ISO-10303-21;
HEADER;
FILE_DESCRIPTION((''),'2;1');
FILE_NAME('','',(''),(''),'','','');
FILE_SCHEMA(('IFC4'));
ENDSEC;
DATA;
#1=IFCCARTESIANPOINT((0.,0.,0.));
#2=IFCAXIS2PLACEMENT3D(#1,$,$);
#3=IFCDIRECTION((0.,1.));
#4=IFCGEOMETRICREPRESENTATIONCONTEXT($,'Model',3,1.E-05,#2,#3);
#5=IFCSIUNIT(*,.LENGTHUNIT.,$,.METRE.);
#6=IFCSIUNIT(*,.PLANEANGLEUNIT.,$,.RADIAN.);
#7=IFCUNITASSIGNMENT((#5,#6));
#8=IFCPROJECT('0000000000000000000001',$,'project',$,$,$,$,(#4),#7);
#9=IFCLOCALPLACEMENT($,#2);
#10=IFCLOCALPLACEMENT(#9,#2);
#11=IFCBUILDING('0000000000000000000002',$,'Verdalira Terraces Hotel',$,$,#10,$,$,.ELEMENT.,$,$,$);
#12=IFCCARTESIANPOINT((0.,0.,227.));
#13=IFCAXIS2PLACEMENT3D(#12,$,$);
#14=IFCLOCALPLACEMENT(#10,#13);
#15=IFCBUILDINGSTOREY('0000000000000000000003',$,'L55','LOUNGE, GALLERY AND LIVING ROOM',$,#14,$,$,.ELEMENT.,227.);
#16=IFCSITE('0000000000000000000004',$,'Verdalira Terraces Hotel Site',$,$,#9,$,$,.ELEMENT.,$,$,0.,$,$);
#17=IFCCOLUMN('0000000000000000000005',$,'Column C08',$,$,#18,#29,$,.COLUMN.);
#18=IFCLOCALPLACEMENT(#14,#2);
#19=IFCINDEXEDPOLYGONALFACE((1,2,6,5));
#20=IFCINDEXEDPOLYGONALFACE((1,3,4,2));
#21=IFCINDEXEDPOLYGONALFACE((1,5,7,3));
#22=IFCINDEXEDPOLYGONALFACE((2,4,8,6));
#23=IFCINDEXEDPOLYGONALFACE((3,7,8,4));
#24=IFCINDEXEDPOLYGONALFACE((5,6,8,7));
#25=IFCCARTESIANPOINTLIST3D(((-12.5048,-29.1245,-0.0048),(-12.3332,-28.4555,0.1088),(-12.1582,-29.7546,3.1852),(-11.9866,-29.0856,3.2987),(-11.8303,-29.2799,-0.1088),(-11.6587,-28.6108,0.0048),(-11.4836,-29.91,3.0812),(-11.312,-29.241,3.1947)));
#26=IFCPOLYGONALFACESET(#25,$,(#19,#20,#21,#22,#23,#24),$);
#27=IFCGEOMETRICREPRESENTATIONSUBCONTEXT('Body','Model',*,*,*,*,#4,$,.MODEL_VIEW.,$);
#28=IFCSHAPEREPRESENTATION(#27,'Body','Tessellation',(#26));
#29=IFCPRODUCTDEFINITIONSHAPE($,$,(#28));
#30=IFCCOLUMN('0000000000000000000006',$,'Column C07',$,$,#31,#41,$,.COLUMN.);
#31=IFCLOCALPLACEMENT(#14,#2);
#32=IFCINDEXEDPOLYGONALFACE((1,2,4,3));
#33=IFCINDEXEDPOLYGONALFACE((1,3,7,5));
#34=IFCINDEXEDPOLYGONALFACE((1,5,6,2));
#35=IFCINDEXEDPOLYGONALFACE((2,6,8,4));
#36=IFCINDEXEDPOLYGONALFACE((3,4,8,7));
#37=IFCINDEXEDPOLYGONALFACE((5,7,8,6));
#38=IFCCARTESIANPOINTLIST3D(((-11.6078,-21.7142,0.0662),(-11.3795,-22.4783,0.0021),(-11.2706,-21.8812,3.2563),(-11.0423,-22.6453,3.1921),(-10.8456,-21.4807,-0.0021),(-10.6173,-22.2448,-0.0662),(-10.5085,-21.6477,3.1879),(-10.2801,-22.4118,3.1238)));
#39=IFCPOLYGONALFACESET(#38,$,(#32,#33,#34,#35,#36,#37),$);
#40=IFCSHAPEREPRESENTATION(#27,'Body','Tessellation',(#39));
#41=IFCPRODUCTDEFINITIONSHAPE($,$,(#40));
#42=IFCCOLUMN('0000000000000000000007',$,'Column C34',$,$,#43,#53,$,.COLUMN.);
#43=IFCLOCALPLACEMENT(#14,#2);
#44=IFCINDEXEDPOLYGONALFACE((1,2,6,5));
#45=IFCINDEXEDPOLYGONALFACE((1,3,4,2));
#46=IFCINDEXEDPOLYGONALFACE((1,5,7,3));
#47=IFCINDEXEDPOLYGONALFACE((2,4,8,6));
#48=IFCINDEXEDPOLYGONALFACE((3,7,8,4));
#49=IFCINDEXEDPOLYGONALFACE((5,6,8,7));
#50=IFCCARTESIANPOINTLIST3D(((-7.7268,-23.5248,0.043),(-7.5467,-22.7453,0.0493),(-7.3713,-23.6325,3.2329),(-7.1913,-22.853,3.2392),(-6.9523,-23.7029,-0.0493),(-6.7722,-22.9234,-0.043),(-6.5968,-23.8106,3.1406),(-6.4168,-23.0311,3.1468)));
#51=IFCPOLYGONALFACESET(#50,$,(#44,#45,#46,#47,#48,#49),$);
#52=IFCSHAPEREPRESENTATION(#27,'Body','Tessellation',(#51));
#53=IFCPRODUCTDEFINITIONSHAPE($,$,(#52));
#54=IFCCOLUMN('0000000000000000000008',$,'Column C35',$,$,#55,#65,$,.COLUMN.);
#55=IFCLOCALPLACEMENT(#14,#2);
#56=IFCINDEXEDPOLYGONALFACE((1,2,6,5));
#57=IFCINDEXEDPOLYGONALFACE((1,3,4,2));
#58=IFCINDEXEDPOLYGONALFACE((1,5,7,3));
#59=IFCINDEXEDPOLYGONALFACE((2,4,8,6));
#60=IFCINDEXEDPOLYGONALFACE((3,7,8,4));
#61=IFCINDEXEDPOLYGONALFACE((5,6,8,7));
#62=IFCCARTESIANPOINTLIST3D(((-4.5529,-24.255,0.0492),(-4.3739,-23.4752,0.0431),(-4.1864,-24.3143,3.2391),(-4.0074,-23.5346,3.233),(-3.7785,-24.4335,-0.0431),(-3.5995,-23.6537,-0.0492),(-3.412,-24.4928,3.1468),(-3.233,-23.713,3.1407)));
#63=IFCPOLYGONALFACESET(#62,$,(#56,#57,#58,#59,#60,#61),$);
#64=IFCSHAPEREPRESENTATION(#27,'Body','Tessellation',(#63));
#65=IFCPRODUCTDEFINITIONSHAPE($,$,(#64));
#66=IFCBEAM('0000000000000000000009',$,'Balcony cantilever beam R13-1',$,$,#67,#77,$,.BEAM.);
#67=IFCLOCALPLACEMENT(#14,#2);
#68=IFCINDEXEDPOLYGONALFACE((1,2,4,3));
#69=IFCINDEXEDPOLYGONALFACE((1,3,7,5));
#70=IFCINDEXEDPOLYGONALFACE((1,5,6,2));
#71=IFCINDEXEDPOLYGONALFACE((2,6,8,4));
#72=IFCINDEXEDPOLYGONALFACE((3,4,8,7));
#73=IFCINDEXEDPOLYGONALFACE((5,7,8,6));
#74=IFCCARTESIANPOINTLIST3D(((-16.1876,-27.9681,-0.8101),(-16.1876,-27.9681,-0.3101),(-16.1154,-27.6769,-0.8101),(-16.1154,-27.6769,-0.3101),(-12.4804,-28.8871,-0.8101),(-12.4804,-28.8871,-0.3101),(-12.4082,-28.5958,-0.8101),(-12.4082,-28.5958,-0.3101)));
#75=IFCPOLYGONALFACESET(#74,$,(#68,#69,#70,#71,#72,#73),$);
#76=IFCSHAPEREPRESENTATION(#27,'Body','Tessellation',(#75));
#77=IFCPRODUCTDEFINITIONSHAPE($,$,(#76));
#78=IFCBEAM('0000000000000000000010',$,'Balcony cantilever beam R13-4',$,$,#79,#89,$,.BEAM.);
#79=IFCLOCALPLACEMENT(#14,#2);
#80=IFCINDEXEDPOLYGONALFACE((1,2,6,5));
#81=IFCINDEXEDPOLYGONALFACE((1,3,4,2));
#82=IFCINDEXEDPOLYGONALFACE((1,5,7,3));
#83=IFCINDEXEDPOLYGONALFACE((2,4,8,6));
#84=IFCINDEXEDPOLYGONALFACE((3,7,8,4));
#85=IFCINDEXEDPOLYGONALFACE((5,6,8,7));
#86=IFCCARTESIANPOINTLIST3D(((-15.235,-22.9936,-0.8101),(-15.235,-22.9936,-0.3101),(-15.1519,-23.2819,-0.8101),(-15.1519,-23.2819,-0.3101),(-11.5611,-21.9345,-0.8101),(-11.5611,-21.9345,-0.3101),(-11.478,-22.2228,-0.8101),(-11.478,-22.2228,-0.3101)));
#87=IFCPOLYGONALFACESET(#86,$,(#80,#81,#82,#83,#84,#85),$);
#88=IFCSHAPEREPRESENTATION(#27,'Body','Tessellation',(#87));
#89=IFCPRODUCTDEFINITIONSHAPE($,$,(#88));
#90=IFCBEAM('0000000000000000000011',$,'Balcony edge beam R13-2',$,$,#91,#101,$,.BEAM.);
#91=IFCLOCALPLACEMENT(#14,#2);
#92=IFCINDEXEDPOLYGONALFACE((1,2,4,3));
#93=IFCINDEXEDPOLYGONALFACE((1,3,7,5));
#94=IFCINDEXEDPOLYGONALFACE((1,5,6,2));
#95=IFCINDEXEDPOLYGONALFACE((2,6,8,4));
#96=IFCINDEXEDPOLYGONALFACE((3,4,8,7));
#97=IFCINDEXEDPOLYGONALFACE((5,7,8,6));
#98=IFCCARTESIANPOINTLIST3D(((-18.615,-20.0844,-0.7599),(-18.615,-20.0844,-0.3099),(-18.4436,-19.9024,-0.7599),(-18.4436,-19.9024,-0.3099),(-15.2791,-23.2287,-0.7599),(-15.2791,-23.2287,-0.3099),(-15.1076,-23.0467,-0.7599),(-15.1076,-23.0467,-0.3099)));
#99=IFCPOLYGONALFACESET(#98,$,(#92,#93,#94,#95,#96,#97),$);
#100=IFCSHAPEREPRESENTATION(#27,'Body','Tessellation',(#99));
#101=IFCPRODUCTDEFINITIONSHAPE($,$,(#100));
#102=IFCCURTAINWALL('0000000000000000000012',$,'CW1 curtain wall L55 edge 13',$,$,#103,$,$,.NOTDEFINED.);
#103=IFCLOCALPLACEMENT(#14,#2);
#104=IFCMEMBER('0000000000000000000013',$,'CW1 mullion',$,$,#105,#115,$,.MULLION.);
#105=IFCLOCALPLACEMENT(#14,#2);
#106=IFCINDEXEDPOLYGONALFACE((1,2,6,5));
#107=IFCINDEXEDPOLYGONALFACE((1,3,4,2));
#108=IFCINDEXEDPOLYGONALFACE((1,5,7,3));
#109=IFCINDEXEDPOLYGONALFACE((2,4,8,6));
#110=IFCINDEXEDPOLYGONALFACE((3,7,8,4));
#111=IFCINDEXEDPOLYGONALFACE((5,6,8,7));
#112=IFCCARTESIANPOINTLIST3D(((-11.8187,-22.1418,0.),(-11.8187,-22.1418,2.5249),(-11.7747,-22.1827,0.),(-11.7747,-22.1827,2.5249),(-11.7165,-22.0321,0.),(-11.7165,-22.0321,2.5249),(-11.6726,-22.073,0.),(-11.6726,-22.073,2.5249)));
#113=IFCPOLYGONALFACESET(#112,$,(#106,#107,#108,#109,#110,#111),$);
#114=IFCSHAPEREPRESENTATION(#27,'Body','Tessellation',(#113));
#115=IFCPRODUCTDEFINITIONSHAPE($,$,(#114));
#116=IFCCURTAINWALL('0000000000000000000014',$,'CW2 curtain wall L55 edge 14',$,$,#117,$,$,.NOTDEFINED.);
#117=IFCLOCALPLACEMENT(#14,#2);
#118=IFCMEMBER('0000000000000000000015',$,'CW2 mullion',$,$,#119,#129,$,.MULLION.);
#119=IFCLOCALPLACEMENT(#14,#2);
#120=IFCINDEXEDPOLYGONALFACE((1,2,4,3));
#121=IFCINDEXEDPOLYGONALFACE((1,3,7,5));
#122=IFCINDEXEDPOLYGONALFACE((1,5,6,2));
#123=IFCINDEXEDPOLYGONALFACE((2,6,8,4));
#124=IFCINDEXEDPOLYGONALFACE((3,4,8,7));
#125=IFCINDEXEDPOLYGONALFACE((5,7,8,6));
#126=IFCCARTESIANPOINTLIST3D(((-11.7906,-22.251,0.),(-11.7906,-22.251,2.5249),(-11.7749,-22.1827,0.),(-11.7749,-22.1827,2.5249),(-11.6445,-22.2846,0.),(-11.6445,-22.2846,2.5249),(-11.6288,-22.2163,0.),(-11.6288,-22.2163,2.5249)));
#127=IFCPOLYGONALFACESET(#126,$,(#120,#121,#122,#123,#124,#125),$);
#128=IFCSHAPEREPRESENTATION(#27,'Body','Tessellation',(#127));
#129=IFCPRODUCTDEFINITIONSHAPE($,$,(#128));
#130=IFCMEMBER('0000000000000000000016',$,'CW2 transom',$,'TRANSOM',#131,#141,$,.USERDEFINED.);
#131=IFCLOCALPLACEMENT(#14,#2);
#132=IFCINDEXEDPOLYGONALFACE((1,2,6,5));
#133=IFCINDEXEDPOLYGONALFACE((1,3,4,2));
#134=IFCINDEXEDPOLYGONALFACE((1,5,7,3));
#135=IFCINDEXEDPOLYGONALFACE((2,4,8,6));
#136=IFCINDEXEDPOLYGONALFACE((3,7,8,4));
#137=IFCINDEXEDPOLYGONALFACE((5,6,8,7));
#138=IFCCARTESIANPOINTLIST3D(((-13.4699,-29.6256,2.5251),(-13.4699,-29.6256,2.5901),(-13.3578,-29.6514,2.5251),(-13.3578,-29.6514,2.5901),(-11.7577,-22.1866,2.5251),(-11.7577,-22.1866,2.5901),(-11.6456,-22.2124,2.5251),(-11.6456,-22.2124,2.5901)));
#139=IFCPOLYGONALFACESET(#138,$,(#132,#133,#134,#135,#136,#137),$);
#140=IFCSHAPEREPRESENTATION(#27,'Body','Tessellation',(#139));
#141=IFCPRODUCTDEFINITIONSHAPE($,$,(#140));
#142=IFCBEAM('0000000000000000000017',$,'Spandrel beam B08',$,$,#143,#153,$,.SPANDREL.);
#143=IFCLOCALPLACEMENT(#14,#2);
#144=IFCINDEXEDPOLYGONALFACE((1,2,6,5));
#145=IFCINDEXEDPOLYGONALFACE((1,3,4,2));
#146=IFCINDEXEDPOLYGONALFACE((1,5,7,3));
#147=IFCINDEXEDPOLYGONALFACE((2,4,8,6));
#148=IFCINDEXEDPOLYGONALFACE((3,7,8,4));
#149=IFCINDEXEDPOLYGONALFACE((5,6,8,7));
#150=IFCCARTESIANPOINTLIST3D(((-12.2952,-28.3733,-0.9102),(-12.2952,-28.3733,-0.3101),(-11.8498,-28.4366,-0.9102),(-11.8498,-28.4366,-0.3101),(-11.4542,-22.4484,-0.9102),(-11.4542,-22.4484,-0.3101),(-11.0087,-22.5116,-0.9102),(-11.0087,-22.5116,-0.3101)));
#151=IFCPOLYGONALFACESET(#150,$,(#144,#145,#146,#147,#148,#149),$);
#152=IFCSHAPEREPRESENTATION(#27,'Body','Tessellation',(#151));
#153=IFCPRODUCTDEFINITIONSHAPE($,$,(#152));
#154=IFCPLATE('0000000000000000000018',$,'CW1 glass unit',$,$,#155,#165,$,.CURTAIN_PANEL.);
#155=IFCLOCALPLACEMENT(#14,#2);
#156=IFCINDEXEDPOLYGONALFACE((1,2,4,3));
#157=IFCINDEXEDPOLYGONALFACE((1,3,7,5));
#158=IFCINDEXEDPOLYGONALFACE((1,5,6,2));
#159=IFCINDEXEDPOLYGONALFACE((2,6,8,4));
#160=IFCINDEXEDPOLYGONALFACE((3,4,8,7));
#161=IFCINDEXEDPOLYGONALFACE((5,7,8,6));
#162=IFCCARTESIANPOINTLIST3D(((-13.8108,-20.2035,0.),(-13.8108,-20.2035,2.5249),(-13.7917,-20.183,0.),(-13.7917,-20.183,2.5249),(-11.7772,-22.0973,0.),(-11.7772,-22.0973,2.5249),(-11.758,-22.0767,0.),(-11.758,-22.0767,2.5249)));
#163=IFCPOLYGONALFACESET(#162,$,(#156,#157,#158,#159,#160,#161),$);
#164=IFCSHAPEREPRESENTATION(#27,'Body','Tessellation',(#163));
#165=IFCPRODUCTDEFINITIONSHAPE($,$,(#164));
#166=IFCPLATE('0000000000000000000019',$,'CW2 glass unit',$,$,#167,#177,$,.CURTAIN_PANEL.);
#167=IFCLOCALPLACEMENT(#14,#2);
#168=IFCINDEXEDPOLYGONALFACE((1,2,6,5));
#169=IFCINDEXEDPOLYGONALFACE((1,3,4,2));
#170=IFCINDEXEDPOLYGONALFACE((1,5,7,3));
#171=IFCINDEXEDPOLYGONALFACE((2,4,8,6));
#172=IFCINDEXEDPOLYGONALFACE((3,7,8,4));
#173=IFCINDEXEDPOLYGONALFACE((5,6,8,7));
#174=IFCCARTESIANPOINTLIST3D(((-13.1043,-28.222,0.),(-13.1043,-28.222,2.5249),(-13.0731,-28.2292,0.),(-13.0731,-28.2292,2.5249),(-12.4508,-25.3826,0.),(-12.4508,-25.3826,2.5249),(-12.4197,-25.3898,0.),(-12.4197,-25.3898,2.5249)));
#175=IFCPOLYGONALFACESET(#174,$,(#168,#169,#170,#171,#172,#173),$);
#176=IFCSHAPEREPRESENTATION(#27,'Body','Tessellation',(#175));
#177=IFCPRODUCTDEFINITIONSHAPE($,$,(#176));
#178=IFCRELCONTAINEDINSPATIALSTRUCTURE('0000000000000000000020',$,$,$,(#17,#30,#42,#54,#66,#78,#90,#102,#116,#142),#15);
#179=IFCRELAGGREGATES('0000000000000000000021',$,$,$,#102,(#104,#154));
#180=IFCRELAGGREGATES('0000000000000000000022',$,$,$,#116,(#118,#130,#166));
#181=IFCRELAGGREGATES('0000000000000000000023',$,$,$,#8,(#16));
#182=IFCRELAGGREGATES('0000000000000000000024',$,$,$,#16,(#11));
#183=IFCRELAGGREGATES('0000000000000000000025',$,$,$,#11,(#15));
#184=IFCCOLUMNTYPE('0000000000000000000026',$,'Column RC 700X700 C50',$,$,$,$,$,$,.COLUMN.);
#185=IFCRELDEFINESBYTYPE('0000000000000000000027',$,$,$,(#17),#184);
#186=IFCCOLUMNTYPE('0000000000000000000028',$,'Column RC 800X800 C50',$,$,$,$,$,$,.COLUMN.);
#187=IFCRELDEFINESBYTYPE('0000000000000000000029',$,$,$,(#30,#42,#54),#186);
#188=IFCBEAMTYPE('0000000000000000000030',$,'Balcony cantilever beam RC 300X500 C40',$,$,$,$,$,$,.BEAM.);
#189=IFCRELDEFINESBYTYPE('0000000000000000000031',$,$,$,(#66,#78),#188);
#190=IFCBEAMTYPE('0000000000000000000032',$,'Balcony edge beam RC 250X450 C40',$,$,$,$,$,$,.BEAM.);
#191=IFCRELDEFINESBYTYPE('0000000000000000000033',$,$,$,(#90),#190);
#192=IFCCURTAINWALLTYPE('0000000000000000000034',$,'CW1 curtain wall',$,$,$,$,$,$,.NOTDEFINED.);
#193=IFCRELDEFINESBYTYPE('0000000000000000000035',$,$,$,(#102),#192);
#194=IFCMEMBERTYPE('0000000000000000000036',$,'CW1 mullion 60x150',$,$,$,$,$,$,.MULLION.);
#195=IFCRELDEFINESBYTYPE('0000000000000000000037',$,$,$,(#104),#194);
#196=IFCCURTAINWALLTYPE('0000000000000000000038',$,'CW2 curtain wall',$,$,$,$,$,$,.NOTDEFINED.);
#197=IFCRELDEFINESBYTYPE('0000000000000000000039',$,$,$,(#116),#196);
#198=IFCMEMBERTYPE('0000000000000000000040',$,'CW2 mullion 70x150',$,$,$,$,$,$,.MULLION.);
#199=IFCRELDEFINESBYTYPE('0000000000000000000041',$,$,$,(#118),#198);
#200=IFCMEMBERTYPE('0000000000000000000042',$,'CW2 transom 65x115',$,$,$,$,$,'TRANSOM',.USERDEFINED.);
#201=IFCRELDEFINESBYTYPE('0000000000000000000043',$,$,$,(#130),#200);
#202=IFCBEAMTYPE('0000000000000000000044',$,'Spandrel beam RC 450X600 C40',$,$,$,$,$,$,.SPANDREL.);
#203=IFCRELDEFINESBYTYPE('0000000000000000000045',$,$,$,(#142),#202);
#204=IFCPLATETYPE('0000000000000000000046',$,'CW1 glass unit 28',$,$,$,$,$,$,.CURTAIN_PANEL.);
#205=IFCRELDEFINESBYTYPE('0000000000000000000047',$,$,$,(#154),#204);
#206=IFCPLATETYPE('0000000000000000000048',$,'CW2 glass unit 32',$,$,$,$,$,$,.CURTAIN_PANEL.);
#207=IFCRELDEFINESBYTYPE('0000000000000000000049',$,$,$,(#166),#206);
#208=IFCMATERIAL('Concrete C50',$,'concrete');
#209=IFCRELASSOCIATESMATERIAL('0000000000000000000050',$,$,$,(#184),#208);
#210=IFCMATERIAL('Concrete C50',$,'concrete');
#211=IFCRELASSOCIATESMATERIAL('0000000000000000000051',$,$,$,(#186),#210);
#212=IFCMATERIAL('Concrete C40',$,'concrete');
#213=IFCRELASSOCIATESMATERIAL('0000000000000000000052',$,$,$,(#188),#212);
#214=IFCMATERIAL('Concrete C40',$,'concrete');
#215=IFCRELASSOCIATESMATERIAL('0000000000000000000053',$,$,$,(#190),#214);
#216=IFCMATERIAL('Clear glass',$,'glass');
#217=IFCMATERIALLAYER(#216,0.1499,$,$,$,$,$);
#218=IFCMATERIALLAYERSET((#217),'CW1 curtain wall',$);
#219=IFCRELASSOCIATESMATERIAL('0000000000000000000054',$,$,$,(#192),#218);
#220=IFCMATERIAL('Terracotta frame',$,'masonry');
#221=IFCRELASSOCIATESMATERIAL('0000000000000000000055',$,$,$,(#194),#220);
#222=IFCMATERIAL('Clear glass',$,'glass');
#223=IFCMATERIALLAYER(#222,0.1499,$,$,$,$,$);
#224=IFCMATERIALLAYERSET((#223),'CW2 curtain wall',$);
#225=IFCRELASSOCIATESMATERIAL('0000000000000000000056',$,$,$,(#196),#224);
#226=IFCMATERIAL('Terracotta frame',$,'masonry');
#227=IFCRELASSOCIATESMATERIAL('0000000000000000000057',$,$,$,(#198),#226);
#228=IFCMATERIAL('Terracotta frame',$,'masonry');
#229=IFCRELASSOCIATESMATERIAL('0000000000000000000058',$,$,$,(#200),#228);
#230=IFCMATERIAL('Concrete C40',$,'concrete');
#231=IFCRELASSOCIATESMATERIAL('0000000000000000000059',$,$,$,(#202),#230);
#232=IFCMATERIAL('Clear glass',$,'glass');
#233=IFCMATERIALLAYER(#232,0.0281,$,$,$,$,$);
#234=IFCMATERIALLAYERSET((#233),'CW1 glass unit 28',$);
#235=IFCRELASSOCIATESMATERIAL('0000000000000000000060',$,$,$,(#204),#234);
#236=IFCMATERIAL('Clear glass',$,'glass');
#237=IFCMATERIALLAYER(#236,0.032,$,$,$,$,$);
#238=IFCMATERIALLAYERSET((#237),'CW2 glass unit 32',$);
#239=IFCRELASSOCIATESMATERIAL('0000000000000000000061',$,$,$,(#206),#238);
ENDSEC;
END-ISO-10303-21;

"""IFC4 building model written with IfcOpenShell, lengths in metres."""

from ifc_helpers import new_model, si_unit, direction, frame, origin, origin_2d, place, context, subcontext, project, spatial, rectangle, extrude, material, layer, layer_set, material_profile, profile_set, type_object, element, aggregate, save


model = new_model("IFC4")

# Units and contexts
model_context = context("Model", 3, precision=1e-05, world=origin(), true_north=direction((0.0, 1.0)))
body_context = subcontext(model_context, "Body", "Model", "MODEL_VIEW")
ifc_project = project(units=[si_unit("LENGTHUNIT", "METRE"), si_unit("PLANEANGLEUNIT", "RADIAN")], contexts=[model_context])

# Site, building, storey
site_placement = place(None, origin())
site = spatial("IfcSite", under=ifc_project, at=site_placement, Name="Verdalira Terraces Hotel Site", CompositionType="ELEMENT", RefElevation=0.0)
building_placement = place(site_placement, origin())
building = spatial("IfcBuilding", under=site, at=building_placement, Name="Verdalira Terraces Hotel", CompositionType="ELEMENT")
storey_placement = place(building_placement, frame((0.0, 0.0, 227.0)))
storey = spatial("IfcBuildingStorey", under=building, at=storey_placement, Name="L55", Description="LOUNGE, GALLERY AND LIVING ROOM", CompositionType="ELEMENT", Elevation=227.0)

# Columns
ifc_material_1 = material(Name="Concrete C50", Category="concrete")
ifc_material_profile_1 = material_profile(ifc_material_1, rectangle(XDim=0.7, YDim=0.7, at=origin_2d()), Name="RC 700X700")
ifc_profile_set_1 = profile_set([ifc_material_profile_1], Name="Concrete C50")
column_type_1 = type_object("IfcColumnType", Name="Column RC 700X700 C50", PredefinedType="COLUMN", material=ifc_profile_set_1)
column_1_placement = place(storey_placement, frame((-12.0818, -28.8677, 0.0), z_axis=(0.106018, -0.192699, 0.975514), x_axis=(-0.245155, -0.955825, -0.162166)))
element("IfcColumn", 1, at=column_1_placement, inside=storey, type_object=column_type_1, Name="Column C08", PredefinedType="COLUMN", context=body_context, shape_type="SweptSolid", body=[
    extrude(rectangle(XDim=0.7, YDim=0.7, at=origin_2d()), origin(), (0.0, 0.0, 1.0), 3.27),
])
ifc_material_2 = material(Name="Concrete C50", Category="concrete")
ifc_material_profile_2 = material_profile(ifc_material_2, rectangle(XDim=0.8, YDim=0.8, at=origin_2d()), Name="RC 800X800")
ifc_profile_set_2 = profile_set([ifc_material_profile_2], Name="Concrete C50")
column_type_2 = type_object("IfcColumnType", Name="Column RC 800X800 C50", PredefinedType="COLUMN", material=ifc_profile_set_2)
column_2_placement = place(storey_placement, frame((-11.1125, -21.9795, 0.0), z_axis=(0.104967, -0.051989, 0.993116), x_axis=(-0.285378, 0.955057, 0.08016)))
element("IfcColumn", 2, at=column_2_placement, inside=storey, type_object=column_type_2, Name="Column C07", PredefinedType="COLUMN", context=body_context, shape_type="SweptSolid", body=[
    extrude(rectangle(XDim=0.8, YDim=0.8, at=origin_2d()), origin(), (0.0, 0.0, 1.0), 3.2122),
])
for number, where, z_axis, x_axis, name in (
    (3, (-7.2495, -23.2241, 0.0), (0.110687, -0.033525, 0.99329), (-0.225055, -0.974315, -0.007806), "Column C34"),
    (4, (-4.0762, -23.9543, 0.0), (0.114108, -0.018473, 0.993297), (-0.223729, -0.974622, 0.007576), "Column C35"),
):
    element("IfcColumn", number, at=place(storey_placement, frame(where, z_axis=z_axis, x_axis=x_axis)), inside=storey, type_object=column_type_2, Name=name, PredefinedType="COLUMN", context=body_context, shape_type="SweptSolid", body=[
        extrude(rectangle(XDim=0.8, YDim=0.8, at=origin_2d()), origin(), (0.0, 0.0, 1.0), 3.2114),
    ])

# Beams
ifc_material_3 = material(Name="Concrete C40", Category="concrete")
ifc_material_profile_3 = material_profile(ifc_material_3, rectangle(XDim=0.3, YDim=0.5, at=origin_2d()), Name="RC 300X500")
ifc_profile_set_3 = profile_set([ifc_material_profile_3], Name="Concrete C40")
beam_type_1 = type_object("IfcBeamType", Name="Balcony cantilever beam RC 300X500 C40", PredefinedType="BEAM", material=ifc_profile_set_3)
beam_1_placement = place(storey_placement, frame((-12.4443, -28.7415, -0.5601), z_axis=(-0.970622, 0.24061, 0.0), x_axis=(-0.24061, -0.970622, 0.0)))
element("IfcBeam", 5, at=beam_1_placement, inside=storey, type_object=beam_type_1, Name="Balcony cantilever beam R13-1", PredefinedType="BEAM", context=body_context, shape_type="SweptSolid", body=[
    extrude(rectangle(XDim=0.3, YDim=0.5, at=origin_2d()), origin(), (0.0, 0.0, 1.0), 3.8193),
])
beam_2_placement = place(storey_placement, frame((-11.5195, -22.0786, -0.5601), z_axis=(-0.960871, -0.276997, 0.0), x_axis=(0.276997, -0.960871, 0.0)))
element("IfcBeam", 6, at=beam_2_placement, inside=storey, type_object=beam_type_1, Name="Balcony cantilever beam R13-4", PredefinedType="BEAM", context=body_context, shape_type="SweptSolid", body=[
    extrude(rectangle(XDim=0.3, YDim=0.5, at=origin_2d()), origin(), (0.0, 0.0, 1.0), 3.8235),
])
ifc_material_4 = material(Name="Concrete C40", Category="concrete")
ifc_material_profile_4 = material_profile(ifc_material_4, rectangle(XDim=0.25, YDim=0.45, at=origin_2d()), Name="RC 250X450")
ifc_profile_set_4 = profile_set([ifc_material_profile_4], Name="Concrete C40")
beam_type_2 = type_object("IfcBeamType", Name="Balcony edge beam RC 250X450 C40", PredefinedType="BEAM", material=ifc_profile_set_4)
beam_3_placement = place(storey_placement, frame((-18.5293, -19.9934, -0.5349), z_axis=(0.727701, -0.685894, 0.0), x_axis=(0.685894, 0.727701, 0.0)))
element("IfcBeam", 7, at=beam_3_placement, inside=storey, type_object=beam_type_2, Name="Balcony edge beam R13-2", PredefinedType="BEAM", context=body_context, shape_type="SweptSolid", body=[
    extrude(rectangle(XDim=0.25, YDim=0.45, at=origin_2d()), origin(), (0.0, 0.0, 1.0), 4.5842),
])

# Curtain wall, member
ifc_material_5 = material(Name="Clear glass", Category="glass")
ifc_layer_1 = layer(ifc_material_5, 0.1499)
ifc_layer_set_1 = layer_set([ifc_layer_1], Name="CW1 curtain wall")
curtain_wall_type_1 = type_object("IfcCurtainWallType", Name="CW1 curtain wall", PredefinedType="NOTDEFINED", material=ifc_layer_set_1)
curtain_wall_1_placement = place(storey_placement, origin())
curtain_wall_1 = element("IfcCurtainWall", 8, at=curtain_wall_1_placement, inside=storey, type_object=curtain_wall_type_1, Name="CW1 curtain wall L55 edge 13", PredefinedType="NOTDEFINED")
ifc_material_6 = material(Name="Terracotta frame", Category="masonry")
ifc_material_profile_5 = material_profile(ifc_material_6, rectangle(XDim=0.0601, YDim=0.1499, at=origin_2d()), Name="MU 60x150")
ifc_profile_set_5 = profile_set([ifc_material_profile_5], Name="Terracotta frame")
member_type_1 = type_object("IfcMemberType", Name="CW1 mullion 60x150", PredefinedType="MULLION", material=ifc_profile_set_5)
member_1_placement = place(storey_placement, frame((-11.7456, -22.1074, 0.0), z_axis=(0.0, 0.0, 1.0), x_axis=(0.73183, -0.681488, 0.0)))
member_1 = element("IfcMember", 9, at=member_1_placement, type_object=member_type_1, Name="CW1 mullion", PredefinedType="MULLION", context=body_context, shape_type="SweptSolid", body=[
    extrude(rectangle(XDim=0.0601, YDim=0.1499, at=origin_2d()), origin(), (0.0, 0.0, 1.0), 2.5249),
])

# Curtain wall, members
ifc_material_7 = material(Name="Clear glass", Category="glass")
ifc_layer_2 = layer(ifc_material_7, 0.1499)
ifc_layer_set_2 = layer_set([ifc_layer_2], Name="CW2 curtain wall")
curtain_wall_type_2 = type_object("IfcCurtainWallType", Name="CW2 curtain wall", PredefinedType="NOTDEFINED", material=ifc_layer_set_2)
curtain_wall_2_placement = place(storey_placement, origin())
curtain_wall_2 = element("IfcCurtainWall", 10, at=curtain_wall_2_placement, inside=storey, type_object=curtain_wall_type_2, Name="CW2 curtain wall L55 edge 14", PredefinedType="NOTDEFINED")
ifc_material_8 = material(Name="Terracotta frame", Category="masonry")
ifc_material_profile_6 = material_profile(ifc_material_8, rectangle(XDim=0.0701, YDim=0.1499, at=origin_2d()), Name="MU 70x150")
ifc_profile_set_6 = profile_set([ifc_material_profile_6], Name="Terracotta frame")
member_type_2 = type_object("IfcMemberType", Name="CW2 mullion 70x150", PredefinedType="MULLION", material=ifc_profile_set_6)
member_2_placement = place(storey_placement, frame((-11.7097, -22.2336, 0.0), z_axis=(0.0, 0.0, 1.0), x_axis=(-0.224271, -0.974527, 0.0)))
member_2 = element("IfcMember", 11, at=member_2_placement, type_object=member_type_2, Name="CW2 mullion", PredefinedType="MULLION", context=body_context, shape_type="SweptSolid", body=[
    extrude(rectangle(XDim=0.0701, YDim=0.1499, at=origin_2d()), origin(), (0.0, 0.0, 1.0), 2.5249),
])
ifc_material_9 = material(Name="Terracotta frame", Category="masonry")
ifc_material_profile_7 = material_profile(ifc_material_9, rectangle(XDim=0.115, YDim=0.0649, at=origin_2d()), Name="TR 65x115")
ifc_profile_set_7 = profile_set([ifc_material_profile_7], Name="Terracotta frame")
member_type_3 = type_object("IfcMemberType", Name="CW2 transom 65x115", ElementType="TRANSOM", PredefinedType="USERDEFINED", material=ifc_profile_set_7)
member_3_placement = place(storey_placement, frame((-11.7017, -22.1995, 2.5576), z_axis=(-0.224297, -0.974521, 0.0), x_axis=(0.974521, -0.224297, 0.0)))
member_3 = element("IfcMember", 12, at=member_3_placement, type_object=member_type_3, Name="CW2 transom", ObjectType="TRANSOM", PredefinedType="USERDEFINED", context=body_context, shape_type="SweptSolid", body=[
    extrude(rectangle(XDim=0.115, YDim=0.0649, at=origin_2d()), origin(), (0.0, 0.0, 1.0), 7.6335),
])

# Beam
ifc_material_10 = material(Name="Concrete C40", Category="concrete")
ifc_material_profile_8 = material_profile(ifc_material_10, rectangle(XDim=0.45, YDim=0.6001, at=origin_2d()), Name="RC 450X600")
ifc_profile_set_8 = profile_set([ifc_material_profile_8], Name="Concrete C40")
beam_type_3 = type_object("IfcBeamType", Name="Spandrel beam RC 450X600 C40", PredefinedType="SPANDREL", material=ifc_profile_set_8)
beam_4_placement = place(storey_placement, frame((-11.2314, -22.48, -0.6101), z_axis=(-0.140542, -0.990075, 0.0), x_axis=(0.990075, -0.140542, 0.0)))
element("IfcBeam", 13, at=beam_4_placement, inside=storey, type_object=beam_type_3, Name="Spandrel beam B08", PredefinedType="SPANDREL", context=body_context, shape_type="SweptSolid", body=[
    extrude(rectangle(XDim=0.45, YDim=0.6001, at=origin_2d()), origin(), (0.0, 0.0, 1.0), 5.9844),
])

# Plates
ifc_material_11 = material(Name="Clear glass", Category="glass")
ifc_layer_3 = layer(ifc_material_11, 0.0281)
ifc_layer_set_3 = layer_set([ifc_layer_3], Name="CW1 glass unit 28")
plate_type_1 = type_object("IfcPlateType", Name="CW1 glass unit 28", PredefinedType="CURTAIN_PANEL", material=ifc_layer_set_3)
plate_1_placement = place(storey_placement, frame((-12.7844, -21.1401, 0.0), z_axis=(0.0, 0.0, 1.0), x_axis=(0.73183, -0.681488, 0.0)))
plate_1 = element("IfcPlate", 14, at=plate_1_placement, type_object=plate_type_1, Name="CW1 glass unit", PredefinedType="CURTAIN_PANEL", context=body_context, shape_type="SweptSolid", body=[
    extrude(rectangle(XDim=2.7788, YDim=0.0281, at=origin_2d()), origin(), (0.0, 0.0, 1.0), 2.5249),
])
aggregate(curtain_wall_1, [member_1, plate_1])
ifc_material_12 = material(Name="Clear glass", Category="glass")
ifc_layer_4 = layer(ifc_material_12, 0.032)
ifc_layer_set_4 = layer_set([ifc_layer_4], Name="CW2 glass unit 32")
plate_type_2 = type_object("IfcPlateType", Name="CW2 glass unit 32", PredefinedType="CURTAIN_PANEL", material=ifc_layer_set_4)
plate_2_placement = place(storey_placement, frame((-12.762, -26.8059, 0.0), z_axis=(0.0, 0.0, 1.0), x_axis=(-0.224271, -0.974527, 0.0)))
plate_2 = element("IfcPlate", 15, at=plate_2_placement, type_object=plate_type_2, Name="CW2 glass unit", PredefinedType="CURTAIN_PANEL", context=body_context, shape_type="SweptSolid", body=[
    extrude(rectangle(XDim=2.9136, YDim=0.032, at=origin_2d()), origin(), (0.0, 0.0, 1.0), 2.5249),
])
aggregate(curtain_wall_2, [member_2, member_3, plate_2])

save(model, "model.ifc")
